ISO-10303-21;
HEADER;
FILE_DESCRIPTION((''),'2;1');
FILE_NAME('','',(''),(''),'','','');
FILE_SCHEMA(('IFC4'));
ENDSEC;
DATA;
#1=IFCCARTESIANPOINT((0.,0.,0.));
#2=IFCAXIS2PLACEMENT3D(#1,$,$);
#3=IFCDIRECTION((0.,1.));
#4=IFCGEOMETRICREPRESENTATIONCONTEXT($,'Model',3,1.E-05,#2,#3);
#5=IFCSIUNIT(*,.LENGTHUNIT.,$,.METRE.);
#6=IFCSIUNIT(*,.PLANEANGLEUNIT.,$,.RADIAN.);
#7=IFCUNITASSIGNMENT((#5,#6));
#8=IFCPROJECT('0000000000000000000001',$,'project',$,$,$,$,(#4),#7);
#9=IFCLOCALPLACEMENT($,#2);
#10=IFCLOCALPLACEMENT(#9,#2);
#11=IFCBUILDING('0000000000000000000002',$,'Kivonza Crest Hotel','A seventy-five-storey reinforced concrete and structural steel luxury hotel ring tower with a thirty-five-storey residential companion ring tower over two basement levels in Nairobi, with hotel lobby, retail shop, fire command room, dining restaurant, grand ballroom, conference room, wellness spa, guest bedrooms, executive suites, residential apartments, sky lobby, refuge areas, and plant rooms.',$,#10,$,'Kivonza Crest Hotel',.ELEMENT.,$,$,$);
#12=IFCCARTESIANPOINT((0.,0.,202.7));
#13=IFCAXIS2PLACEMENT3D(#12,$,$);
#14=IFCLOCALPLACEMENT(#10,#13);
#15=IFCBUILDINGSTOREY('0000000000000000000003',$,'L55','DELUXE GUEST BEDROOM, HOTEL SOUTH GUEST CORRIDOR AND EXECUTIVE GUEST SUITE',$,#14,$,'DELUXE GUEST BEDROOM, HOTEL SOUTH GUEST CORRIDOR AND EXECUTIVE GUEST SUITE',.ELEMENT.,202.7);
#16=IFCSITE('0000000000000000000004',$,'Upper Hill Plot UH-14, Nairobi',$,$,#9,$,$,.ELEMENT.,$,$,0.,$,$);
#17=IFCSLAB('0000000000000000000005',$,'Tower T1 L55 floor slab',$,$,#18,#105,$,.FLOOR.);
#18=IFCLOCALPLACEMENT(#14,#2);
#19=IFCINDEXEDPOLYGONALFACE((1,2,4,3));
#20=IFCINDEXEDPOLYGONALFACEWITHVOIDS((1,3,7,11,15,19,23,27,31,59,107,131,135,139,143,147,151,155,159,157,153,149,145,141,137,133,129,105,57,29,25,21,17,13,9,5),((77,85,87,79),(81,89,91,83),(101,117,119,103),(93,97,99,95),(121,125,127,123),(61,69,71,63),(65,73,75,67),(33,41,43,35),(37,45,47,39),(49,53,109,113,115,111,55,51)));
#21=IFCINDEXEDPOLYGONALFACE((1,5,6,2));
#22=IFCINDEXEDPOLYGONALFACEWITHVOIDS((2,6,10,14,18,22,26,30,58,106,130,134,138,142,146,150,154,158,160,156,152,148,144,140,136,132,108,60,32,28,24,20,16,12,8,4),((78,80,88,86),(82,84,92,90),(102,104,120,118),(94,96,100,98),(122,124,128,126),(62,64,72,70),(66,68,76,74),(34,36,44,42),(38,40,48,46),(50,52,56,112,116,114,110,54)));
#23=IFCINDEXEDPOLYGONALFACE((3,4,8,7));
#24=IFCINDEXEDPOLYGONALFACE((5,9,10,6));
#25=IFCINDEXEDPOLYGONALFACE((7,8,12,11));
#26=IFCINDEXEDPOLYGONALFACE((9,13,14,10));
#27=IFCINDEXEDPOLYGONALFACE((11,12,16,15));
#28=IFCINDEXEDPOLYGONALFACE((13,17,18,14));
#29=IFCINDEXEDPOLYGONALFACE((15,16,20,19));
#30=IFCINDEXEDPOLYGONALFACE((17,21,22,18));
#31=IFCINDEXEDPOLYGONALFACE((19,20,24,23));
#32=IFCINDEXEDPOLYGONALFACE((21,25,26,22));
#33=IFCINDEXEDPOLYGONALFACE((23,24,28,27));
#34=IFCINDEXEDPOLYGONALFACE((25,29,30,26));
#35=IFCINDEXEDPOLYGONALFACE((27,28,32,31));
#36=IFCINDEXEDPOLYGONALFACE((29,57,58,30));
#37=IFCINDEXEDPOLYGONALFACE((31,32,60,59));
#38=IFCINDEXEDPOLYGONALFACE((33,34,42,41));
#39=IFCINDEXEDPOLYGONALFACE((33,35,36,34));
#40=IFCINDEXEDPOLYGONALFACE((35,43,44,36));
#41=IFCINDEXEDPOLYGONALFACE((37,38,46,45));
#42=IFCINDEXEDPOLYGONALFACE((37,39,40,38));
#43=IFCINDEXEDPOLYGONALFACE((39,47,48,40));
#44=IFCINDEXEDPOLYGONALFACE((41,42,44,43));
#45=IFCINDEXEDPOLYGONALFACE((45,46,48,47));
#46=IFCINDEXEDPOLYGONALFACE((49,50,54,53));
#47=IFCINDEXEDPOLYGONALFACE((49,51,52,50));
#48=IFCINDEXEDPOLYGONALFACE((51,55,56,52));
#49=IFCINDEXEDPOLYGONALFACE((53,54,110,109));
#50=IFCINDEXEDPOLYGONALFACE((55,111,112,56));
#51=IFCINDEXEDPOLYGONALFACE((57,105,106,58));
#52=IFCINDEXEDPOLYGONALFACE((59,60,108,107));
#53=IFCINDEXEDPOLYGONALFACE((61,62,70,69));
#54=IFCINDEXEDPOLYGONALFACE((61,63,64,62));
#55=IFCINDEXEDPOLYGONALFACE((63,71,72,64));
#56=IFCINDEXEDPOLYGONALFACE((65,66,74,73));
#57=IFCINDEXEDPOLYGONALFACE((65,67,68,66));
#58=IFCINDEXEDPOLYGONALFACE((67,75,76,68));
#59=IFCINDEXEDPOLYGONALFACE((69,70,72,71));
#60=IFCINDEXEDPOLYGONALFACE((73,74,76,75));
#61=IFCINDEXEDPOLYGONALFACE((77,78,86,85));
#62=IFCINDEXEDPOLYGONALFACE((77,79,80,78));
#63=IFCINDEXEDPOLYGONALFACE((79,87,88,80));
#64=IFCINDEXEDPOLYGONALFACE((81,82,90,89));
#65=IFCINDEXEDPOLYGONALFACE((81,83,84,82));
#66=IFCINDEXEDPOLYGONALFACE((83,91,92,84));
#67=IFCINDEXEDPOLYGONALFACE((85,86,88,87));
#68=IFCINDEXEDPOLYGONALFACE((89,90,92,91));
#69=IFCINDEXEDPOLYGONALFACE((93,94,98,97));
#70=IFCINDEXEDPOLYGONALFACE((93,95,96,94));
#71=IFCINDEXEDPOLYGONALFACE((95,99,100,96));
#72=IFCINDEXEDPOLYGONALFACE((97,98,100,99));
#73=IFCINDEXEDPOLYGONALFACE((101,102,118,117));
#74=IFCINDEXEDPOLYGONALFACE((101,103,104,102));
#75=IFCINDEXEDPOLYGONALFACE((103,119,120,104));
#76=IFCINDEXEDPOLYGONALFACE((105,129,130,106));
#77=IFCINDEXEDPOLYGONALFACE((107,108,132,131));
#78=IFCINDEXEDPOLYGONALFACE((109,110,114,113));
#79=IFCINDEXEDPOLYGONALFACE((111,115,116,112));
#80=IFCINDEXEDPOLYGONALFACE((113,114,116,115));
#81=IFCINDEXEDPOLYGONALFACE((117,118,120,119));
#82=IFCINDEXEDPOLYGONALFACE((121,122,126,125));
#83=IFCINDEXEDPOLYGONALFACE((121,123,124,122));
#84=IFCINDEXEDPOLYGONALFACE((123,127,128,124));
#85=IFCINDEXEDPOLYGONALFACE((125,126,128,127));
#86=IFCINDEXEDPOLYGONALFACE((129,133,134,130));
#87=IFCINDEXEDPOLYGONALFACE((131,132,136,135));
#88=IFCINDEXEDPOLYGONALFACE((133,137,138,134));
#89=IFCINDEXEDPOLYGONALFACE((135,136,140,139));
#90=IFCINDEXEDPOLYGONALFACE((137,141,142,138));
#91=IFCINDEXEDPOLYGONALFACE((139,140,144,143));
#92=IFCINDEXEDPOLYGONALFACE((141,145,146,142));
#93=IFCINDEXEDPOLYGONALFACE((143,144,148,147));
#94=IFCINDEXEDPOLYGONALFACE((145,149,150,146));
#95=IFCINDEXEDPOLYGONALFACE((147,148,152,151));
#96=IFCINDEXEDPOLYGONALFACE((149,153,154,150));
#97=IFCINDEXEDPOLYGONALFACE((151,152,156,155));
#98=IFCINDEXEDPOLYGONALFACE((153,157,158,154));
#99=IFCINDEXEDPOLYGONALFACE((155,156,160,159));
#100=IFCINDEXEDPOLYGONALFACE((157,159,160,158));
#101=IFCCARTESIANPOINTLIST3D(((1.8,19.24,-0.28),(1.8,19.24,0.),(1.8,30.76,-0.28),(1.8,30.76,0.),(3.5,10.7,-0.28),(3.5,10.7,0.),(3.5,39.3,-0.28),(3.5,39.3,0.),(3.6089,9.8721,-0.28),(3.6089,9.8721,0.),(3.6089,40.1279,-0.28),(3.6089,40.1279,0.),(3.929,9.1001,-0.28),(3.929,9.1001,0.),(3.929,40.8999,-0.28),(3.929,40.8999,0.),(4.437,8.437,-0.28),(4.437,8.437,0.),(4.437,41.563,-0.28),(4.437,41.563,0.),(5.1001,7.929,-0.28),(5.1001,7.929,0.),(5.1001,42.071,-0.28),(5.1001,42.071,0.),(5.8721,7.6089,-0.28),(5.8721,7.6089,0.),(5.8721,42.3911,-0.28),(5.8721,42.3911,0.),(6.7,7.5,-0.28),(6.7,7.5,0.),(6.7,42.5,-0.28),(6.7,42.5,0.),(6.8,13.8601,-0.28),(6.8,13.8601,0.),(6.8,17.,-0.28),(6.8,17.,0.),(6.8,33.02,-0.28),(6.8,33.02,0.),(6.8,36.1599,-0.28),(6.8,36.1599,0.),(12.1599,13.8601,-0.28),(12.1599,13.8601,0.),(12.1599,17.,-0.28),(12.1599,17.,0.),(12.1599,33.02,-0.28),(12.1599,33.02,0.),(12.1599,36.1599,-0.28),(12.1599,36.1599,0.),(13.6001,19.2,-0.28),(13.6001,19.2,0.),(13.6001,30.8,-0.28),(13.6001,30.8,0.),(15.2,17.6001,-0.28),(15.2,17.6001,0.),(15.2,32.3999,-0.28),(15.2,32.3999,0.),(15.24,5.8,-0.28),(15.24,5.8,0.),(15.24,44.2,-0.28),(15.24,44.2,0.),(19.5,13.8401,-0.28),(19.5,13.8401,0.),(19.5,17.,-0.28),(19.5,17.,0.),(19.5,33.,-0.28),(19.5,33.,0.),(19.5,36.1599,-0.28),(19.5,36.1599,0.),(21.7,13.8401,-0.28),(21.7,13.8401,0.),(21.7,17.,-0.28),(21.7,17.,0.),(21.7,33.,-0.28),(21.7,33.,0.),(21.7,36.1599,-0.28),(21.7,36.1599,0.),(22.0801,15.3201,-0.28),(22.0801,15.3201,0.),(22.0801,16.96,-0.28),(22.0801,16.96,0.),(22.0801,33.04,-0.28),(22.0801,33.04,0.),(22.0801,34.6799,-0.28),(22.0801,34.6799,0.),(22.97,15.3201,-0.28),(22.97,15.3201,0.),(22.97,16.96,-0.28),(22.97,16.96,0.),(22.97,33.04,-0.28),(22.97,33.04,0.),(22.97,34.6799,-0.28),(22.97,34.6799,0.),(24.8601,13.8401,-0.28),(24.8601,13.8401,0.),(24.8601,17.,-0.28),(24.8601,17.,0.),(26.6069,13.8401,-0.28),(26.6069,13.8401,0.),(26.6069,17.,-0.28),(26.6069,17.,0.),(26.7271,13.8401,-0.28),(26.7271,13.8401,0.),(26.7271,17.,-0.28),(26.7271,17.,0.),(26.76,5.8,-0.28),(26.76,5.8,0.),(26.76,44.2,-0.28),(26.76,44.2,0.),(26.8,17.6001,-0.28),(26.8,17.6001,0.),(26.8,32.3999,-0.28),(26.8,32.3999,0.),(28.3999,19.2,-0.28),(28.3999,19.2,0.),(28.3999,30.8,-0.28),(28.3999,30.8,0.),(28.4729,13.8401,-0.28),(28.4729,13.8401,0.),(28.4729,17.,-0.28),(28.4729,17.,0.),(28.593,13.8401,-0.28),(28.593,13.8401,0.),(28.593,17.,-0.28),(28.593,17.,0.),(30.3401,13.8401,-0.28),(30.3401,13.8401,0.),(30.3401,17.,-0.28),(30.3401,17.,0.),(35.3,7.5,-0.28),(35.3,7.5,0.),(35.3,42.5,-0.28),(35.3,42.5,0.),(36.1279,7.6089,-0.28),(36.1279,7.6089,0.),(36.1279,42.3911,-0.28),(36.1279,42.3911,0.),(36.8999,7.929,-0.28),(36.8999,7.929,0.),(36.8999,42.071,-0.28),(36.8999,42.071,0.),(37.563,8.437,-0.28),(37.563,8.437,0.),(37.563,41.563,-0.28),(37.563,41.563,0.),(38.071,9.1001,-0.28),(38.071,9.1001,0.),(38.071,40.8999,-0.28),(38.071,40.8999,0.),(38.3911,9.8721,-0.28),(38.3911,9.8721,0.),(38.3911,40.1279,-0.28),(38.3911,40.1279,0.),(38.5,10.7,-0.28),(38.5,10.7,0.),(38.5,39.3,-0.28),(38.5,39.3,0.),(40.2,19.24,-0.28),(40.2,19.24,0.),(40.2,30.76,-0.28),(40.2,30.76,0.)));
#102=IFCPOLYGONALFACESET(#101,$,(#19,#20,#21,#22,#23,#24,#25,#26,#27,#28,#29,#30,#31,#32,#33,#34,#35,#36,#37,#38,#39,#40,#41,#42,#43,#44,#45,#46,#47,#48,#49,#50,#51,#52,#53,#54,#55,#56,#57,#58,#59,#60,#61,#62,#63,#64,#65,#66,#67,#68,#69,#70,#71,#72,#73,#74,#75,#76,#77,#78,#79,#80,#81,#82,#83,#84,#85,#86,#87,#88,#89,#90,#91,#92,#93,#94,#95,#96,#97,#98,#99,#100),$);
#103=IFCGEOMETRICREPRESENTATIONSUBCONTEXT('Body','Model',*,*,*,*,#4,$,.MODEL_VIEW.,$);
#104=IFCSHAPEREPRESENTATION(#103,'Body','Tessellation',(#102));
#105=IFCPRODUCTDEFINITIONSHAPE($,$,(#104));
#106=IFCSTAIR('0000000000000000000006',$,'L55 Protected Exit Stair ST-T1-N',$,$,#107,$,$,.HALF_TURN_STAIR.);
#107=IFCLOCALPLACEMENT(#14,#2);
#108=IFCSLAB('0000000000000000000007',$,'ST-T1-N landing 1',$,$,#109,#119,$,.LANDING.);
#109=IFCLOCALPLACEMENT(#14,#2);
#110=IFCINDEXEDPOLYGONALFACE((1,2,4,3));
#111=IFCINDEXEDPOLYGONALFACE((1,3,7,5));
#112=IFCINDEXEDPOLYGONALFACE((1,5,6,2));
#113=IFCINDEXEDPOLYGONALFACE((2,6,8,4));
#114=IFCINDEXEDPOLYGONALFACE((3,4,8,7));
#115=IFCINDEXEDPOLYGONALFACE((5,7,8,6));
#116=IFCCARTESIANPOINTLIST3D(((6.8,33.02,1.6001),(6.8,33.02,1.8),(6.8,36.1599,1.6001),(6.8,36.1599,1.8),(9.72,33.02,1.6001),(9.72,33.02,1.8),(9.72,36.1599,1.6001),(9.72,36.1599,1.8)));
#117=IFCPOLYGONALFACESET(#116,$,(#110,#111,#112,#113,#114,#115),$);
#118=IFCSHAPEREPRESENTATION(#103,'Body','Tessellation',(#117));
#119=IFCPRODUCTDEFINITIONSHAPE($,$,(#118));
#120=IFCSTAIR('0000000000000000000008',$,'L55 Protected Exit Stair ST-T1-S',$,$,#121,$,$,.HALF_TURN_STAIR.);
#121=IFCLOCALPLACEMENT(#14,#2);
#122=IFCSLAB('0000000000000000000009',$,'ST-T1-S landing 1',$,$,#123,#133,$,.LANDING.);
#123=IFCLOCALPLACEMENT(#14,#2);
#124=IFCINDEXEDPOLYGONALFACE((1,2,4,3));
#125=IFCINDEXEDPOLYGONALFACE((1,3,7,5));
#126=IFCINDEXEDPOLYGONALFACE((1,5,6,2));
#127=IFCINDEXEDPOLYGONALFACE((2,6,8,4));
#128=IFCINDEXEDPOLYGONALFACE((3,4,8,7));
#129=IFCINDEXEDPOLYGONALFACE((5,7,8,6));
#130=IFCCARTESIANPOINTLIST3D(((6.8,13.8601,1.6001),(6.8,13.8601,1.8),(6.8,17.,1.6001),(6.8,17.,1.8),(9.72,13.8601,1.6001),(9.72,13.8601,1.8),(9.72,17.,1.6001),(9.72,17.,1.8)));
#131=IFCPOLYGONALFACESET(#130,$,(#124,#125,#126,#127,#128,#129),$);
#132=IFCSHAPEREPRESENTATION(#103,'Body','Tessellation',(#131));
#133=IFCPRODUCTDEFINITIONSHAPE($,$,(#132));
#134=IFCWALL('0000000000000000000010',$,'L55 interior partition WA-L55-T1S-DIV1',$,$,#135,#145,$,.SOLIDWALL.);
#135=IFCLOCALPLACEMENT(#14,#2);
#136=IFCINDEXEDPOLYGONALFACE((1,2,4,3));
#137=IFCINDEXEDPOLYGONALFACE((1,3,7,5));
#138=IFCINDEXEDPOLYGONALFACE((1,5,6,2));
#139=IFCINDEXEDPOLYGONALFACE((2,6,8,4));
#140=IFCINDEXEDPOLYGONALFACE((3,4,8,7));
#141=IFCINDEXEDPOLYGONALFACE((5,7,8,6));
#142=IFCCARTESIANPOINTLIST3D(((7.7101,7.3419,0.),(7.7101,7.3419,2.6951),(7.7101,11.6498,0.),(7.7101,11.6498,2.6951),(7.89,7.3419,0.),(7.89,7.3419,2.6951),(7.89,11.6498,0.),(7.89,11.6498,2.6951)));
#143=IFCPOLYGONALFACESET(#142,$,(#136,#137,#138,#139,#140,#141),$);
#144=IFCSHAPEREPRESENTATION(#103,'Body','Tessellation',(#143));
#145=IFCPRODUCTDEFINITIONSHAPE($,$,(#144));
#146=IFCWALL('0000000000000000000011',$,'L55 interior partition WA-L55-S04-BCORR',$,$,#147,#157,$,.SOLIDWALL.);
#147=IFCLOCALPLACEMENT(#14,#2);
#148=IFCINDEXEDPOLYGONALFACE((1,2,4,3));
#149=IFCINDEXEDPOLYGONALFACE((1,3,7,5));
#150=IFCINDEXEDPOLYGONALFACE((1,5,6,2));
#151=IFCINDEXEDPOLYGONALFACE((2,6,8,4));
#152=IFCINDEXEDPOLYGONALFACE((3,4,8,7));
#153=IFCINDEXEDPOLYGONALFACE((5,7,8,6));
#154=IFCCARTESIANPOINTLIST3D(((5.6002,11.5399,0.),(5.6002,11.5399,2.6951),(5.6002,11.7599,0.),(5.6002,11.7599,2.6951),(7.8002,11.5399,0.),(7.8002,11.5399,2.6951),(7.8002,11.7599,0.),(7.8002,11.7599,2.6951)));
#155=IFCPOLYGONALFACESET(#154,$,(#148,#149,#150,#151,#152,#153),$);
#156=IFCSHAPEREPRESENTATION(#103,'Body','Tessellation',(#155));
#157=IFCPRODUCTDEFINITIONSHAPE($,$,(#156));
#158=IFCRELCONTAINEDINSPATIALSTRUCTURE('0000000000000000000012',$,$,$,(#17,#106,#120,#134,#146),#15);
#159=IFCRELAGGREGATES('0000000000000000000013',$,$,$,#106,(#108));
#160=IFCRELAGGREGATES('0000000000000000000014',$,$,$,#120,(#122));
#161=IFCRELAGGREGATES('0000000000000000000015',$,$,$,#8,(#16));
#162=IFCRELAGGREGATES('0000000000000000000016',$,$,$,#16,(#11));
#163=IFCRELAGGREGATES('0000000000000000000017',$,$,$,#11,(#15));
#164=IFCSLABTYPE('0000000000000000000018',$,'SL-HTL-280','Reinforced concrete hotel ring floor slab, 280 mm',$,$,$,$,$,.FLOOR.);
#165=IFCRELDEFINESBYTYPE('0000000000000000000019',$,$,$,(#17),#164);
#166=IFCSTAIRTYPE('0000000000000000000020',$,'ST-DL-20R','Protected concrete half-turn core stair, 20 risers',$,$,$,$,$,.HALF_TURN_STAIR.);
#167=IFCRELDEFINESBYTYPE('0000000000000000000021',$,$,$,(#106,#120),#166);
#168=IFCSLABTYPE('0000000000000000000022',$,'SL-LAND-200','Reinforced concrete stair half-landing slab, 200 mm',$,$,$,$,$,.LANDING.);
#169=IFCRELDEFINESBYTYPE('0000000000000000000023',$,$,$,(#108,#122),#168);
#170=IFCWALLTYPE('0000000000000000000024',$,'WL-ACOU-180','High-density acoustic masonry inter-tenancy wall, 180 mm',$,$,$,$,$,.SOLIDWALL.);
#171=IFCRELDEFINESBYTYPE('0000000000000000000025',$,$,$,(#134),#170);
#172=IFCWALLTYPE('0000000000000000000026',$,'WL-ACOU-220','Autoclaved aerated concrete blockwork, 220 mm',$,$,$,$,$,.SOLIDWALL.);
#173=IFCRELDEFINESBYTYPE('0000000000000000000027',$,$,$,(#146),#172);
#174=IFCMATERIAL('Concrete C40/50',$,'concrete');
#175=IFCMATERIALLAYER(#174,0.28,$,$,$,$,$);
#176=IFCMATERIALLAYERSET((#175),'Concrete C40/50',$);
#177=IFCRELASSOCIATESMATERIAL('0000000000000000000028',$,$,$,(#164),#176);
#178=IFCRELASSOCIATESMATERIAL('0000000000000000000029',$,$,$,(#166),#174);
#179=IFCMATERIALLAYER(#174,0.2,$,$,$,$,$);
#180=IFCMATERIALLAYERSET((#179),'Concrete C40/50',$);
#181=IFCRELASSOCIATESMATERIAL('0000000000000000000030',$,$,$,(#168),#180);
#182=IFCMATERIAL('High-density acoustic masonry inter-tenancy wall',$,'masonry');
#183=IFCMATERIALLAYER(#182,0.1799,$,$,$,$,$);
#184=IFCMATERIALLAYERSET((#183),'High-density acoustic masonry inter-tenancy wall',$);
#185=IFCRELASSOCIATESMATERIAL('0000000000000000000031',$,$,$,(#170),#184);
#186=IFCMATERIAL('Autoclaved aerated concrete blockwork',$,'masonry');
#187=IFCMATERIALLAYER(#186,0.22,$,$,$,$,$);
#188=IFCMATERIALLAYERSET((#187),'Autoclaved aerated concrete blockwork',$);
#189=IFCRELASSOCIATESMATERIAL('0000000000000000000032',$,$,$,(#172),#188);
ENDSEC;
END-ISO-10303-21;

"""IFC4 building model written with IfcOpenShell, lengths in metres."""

from ifc_helpers import new_model, si_unit, direction, frame, frame_2d, origin, place, context, subcontext, project, spatial, polyline, rectangle, outline, extrude, material, layer, layer_set, type_object, element, aggregate, save


model = new_model("IFC4")

# Units and contexts
model_context = context("Model", 3, precision=1e-05, world=origin(), true_north=direction((0.0, 1.0)))
body_context = subcontext(model_context, "Body", "Model", "MODEL_VIEW")
ifc_project = project(units=[si_unit("LENGTHUNIT", "METRE"), si_unit("PLANEANGLEUNIT", "RADIAN")], contexts=[model_context])

# Site, building, storey
site_placement = place(None, origin())
site = spatial("IfcSite", under=ifc_project, at=site_placement, Name="Upper Hill Plot UH-14, Nairobi", CompositionType="ELEMENT", RefElevation=0.0)
building_placement = place(site_placement, origin())
building = spatial("IfcBuilding", under=site, at=building_placement, Name="Kivonza Crest Hotel", Description="A seventy-five-storey reinforced concrete and structural steel luxury hotel ring tower with a thirty-five-storey residential companion ring tower over two basement levels in Nairobi, with hotel lobby, retail shop, fire command room, dining restaurant, grand ballroom, conference room, wellness spa, guest bedrooms, executive suites, residential apartments, sky lobby, refuge areas, and plant rooms.", LongName="Kivonza Crest Hotel", CompositionType="ELEMENT")
storey_placement = place(building_placement, frame((0.0, 0.0, 202.7)))
storey = spatial("IfcBuildingStorey", under=building, at=storey_placement, Name="L55", Description="DELUXE GUEST BEDROOM, HOTEL SOUTH GUEST CORRIDOR AND EXECUTIVE GUEST SUITE", LongName="DELUXE GUEST BEDROOM, HOTEL SOUTH GUEST CORRIDOR AND EXECUTIVE GUEST SUITE", CompositionType="ELEMENT", Elevation=202.7)

# Slab
ifc_material_1 = material(Name="Concrete C40/50", Category="concrete")
ifc_layer_1 = layer(ifc_material_1, 0.28)
ifc_layer_set_1 = layer_set([ifc_layer_1], Name="Concrete C40/50")
slab_type_1 = type_object("IfcSlabType", Name="SL-HTL-280", Description="Reinforced concrete hotel ring floor slab, 280 mm", PredefinedType="FLOOR", material=ifc_layer_set_1)
slab_1_placement = place(storey_placement, frame((0.0, 0.0, -0.28)))
element("IfcSlab", 1, at=slab_1_placement, inside=storey, type_object=slab_type_1, Name="Tower T1 L55 floor slab", PredefinedType="FLOOR", context=body_context, shape_type="SweptSolid", body=[
    extrude(outline(polyline([(3.5, 10.7), (3.6089, 9.8721), (3.929, 9.1001), (4.437, 8.437), (5.1001, 7.929), (5.8721, 7.6089), (6.7, 7.5), (15.24, 5.8), (26.76, 5.8), (35.3, 7.5), (36.1279, 7.6089), (36.8999, 7.929), (37.563, 8.437), (38.071, 9.1001), (38.3911, 9.8721), (38.5, 10.7), (40.2, 19.24), (40.2, 30.76), (38.5, 39.3), (38.3911, 40.1279), (38.071, 40.8999), (37.563, 41.563), (36.8999, 42.071), (36.1279, 42.3911), (35.3, 42.5), (26.76, 44.2), (15.24, 44.2), (6.7, 42.5), (5.8721, 42.3911), (5.1001, 42.071), (4.437, 41.563), (3.929, 40.8999), (3.6089, 40.1279), (3.5, 39.3), (1.8, 30.76), (1.8, 19.24), (3.5, 10.7)]), holes=[polyline([(15.2, 17.6001), (26.8, 17.6001), (28.3999, 19.2), (28.3999, 30.8), (26.8, 32.3999), (15.2, 32.3999), (13.6001, 30.8), (13.6001, 19.2), (15.2, 17.6001)]), polyline([(6.8, 33.02), (12.1599, 33.02), (12.1599, 36.1599), (6.8, 36.1599), (6.8, 33.02)]), polyline([(6.8, 13.8601), (12.1599, 13.8601), (12.1599, 17.0), (6.8, 17.0), (6.8, 13.8601)]), polyline([(22.0801, 33.04), (22.97, 33.04), (22.97, 34.6799), (22.0801, 34.6799), (22.0801, 33.04)]), polyline([(22.0801, 15.3201), (22.97, 15.3201), (22.97, 16.96), (22.0801, 16.96), (22.0801, 15.3201)]), polyline([(19.5, 33.0), (21.7, 33.0), (21.7, 36.1599), (19.5, 36.1599), (19.5, 33.0)]), polyline([(19.5, 13.8401), (21.7, 13.8401), (21.7, 17.0), (19.5, 17.0), (19.5, 13.8401)]), polyline([(24.8601, 13.8401), (26.6069, 13.8401), (26.6069, 17.0), (24.8601, 17.0), (24.8601, 13.8401)]), polyline([(26.7271, 13.8401), (28.4729, 13.8401), (28.4729, 17.0), (26.7271, 17.0), (26.7271, 13.8401)]), polyline([(28.593, 13.8401), (30.3401, 13.8401), (30.3401, 17.0), (28.593, 17.0), (28.593, 13.8401)])]), origin(), (0.0, 0.0, 1.0), 0.28),
])

# Stairs, slabs
stair_type = type_object("IfcStairType", Name="ST-DL-20R", Description="Protected concrete half-turn core stair, 20 risers", PredefinedType="HALF_TURN_STAIR", material=ifc_material_1)
stair_1_placement = place(storey_placement, origin())
stair_1 = element("IfcStair", 2, at=stair_1_placement, inside=storey, type_object=stair_type, Name="L55 Protected Exit Stair ST-T1-N", PredefinedType="HALF_TURN_STAIR")
ifc_layer_2 = layer(ifc_material_1, 0.2)
ifc_layer_set_2 = layer_set([ifc_layer_2], Name="Concrete C40/50")
slab_type_2 = type_object("IfcSlabType", Name="SL-LAND-200", Description="Reinforced concrete stair half-landing slab, 200 mm", PredefinedType="LANDING", material=ifc_layer_set_2)
slab_2_placement = place(storey_placement, frame((0.0, 0.0, 1.6001)))
slab_2 = element("IfcSlab", 3, at=slab_2_placement, type_object=slab_type_2, Name="ST-T1-N landing 1", PredefinedType="LANDING", context=body_context, shape_type="SweptSolid", body=[
    extrude(outline(polyline([(9.72, 36.1599), (6.8, 36.1599), (6.8, 33.02), (9.72, 33.02), (9.72, 36.1599)])), origin(), (0.0, 0.0, 1.0), 0.2),
])
aggregate(stair_1, [slab_2])
stair_2_placement = place(storey_placement, origin())
stair_2 = element("IfcStair", 4, at=stair_2_placement, inside=storey, type_object=stair_type, Name="L55 Protected Exit Stair ST-T1-S", PredefinedType="HALF_TURN_STAIR")
slab_3_placement = place(storey_placement, frame((0.0, 0.0, 1.6001)))
slab_3 = element("IfcSlab", 5, at=slab_3_placement, type_object=slab_type_2, Name="ST-T1-S landing 1", PredefinedType="LANDING", context=body_context, shape_type="SweptSolid", body=[
    extrude(outline(polyline([(9.72, 17.0), (6.8, 17.0), (6.8, 13.8601), (9.72, 13.8601), (9.72, 17.0)])), origin(), (0.0, 0.0, 1.0), 0.2),
])
aggregate(stair_2, [slab_3])

# Walls
ifc_material_2 = material(Name="High-density acoustic masonry inter-tenancy wall", Category="masonry")
ifc_layer_3 = layer(ifc_material_2, 0.1799)
ifc_layer_set_3 = layer_set([ifc_layer_3], Name="High-density acoustic masonry inter-tenancy wall")
wall_type_1 = type_object("IfcWallType", Name="WL-ACOU-180", Description="High-density acoustic masonry inter-tenancy wall, 180 mm", PredefinedType="SOLIDWALL", material=ifc_layer_set_3)
wall_1_placement = place(storey_placement, frame((7.8, 7.342, 0.0), z_axis=(0.0, 0.0, 1.0), x_axis=(0.0, 1.0, 0.0)))
element("IfcWall", 6, at=wall_1_placement, inside=storey, type_object=wall_type_1, Name="L55 interior partition WA-L55-T1S-DIV1", PredefinedType="SOLIDWALL", context=body_context, shape_type="SweptSolid", body=[
    extrude(rectangle(XDim=4.3079, YDim=0.1799, at=frame_2d((2.1538, 0.0))), origin(), (0.0, 0.0, 1.0), 2.6951),
])
ifc_material_3 = material(Name="Autoclaved aerated concrete blockwork", Category="masonry")
ifc_layer_4 = layer(ifc_material_3, 0.22)
ifc_layer_set_4 = layer_set([ifc_layer_4], Name="Autoclaved aerated concrete blockwork")
wall_type_2 = type_object("IfcWallType", Name="WL-ACOU-220", Description="Autoclaved aerated concrete blockwork, 220 mm", PredefinedType="SOLIDWALL", material=ifc_layer_set_4)
wall_2_placement = place(storey_placement, frame((5.6001, 11.6499, 0.0), z_axis=(0.0, 0.0, 1.0), x_axis=(1.0, 0.0, 0.0)))
element("IfcWall", 7, at=wall_2_placement, inside=storey, type_object=wall_type_2, Name="L55 interior partition WA-L55-S04-BCORR", PredefinedType="SOLIDWALL", context=body_context, shape_type="SweptSolid", body=[
    extrude(rectangle(XDim=2.2, YDim=0.22, at=frame_2d((1.1001, 0.0))), origin(), (0.0, 0.0, 1.0), 2.6951),
])

save(model, "model.ifc")
